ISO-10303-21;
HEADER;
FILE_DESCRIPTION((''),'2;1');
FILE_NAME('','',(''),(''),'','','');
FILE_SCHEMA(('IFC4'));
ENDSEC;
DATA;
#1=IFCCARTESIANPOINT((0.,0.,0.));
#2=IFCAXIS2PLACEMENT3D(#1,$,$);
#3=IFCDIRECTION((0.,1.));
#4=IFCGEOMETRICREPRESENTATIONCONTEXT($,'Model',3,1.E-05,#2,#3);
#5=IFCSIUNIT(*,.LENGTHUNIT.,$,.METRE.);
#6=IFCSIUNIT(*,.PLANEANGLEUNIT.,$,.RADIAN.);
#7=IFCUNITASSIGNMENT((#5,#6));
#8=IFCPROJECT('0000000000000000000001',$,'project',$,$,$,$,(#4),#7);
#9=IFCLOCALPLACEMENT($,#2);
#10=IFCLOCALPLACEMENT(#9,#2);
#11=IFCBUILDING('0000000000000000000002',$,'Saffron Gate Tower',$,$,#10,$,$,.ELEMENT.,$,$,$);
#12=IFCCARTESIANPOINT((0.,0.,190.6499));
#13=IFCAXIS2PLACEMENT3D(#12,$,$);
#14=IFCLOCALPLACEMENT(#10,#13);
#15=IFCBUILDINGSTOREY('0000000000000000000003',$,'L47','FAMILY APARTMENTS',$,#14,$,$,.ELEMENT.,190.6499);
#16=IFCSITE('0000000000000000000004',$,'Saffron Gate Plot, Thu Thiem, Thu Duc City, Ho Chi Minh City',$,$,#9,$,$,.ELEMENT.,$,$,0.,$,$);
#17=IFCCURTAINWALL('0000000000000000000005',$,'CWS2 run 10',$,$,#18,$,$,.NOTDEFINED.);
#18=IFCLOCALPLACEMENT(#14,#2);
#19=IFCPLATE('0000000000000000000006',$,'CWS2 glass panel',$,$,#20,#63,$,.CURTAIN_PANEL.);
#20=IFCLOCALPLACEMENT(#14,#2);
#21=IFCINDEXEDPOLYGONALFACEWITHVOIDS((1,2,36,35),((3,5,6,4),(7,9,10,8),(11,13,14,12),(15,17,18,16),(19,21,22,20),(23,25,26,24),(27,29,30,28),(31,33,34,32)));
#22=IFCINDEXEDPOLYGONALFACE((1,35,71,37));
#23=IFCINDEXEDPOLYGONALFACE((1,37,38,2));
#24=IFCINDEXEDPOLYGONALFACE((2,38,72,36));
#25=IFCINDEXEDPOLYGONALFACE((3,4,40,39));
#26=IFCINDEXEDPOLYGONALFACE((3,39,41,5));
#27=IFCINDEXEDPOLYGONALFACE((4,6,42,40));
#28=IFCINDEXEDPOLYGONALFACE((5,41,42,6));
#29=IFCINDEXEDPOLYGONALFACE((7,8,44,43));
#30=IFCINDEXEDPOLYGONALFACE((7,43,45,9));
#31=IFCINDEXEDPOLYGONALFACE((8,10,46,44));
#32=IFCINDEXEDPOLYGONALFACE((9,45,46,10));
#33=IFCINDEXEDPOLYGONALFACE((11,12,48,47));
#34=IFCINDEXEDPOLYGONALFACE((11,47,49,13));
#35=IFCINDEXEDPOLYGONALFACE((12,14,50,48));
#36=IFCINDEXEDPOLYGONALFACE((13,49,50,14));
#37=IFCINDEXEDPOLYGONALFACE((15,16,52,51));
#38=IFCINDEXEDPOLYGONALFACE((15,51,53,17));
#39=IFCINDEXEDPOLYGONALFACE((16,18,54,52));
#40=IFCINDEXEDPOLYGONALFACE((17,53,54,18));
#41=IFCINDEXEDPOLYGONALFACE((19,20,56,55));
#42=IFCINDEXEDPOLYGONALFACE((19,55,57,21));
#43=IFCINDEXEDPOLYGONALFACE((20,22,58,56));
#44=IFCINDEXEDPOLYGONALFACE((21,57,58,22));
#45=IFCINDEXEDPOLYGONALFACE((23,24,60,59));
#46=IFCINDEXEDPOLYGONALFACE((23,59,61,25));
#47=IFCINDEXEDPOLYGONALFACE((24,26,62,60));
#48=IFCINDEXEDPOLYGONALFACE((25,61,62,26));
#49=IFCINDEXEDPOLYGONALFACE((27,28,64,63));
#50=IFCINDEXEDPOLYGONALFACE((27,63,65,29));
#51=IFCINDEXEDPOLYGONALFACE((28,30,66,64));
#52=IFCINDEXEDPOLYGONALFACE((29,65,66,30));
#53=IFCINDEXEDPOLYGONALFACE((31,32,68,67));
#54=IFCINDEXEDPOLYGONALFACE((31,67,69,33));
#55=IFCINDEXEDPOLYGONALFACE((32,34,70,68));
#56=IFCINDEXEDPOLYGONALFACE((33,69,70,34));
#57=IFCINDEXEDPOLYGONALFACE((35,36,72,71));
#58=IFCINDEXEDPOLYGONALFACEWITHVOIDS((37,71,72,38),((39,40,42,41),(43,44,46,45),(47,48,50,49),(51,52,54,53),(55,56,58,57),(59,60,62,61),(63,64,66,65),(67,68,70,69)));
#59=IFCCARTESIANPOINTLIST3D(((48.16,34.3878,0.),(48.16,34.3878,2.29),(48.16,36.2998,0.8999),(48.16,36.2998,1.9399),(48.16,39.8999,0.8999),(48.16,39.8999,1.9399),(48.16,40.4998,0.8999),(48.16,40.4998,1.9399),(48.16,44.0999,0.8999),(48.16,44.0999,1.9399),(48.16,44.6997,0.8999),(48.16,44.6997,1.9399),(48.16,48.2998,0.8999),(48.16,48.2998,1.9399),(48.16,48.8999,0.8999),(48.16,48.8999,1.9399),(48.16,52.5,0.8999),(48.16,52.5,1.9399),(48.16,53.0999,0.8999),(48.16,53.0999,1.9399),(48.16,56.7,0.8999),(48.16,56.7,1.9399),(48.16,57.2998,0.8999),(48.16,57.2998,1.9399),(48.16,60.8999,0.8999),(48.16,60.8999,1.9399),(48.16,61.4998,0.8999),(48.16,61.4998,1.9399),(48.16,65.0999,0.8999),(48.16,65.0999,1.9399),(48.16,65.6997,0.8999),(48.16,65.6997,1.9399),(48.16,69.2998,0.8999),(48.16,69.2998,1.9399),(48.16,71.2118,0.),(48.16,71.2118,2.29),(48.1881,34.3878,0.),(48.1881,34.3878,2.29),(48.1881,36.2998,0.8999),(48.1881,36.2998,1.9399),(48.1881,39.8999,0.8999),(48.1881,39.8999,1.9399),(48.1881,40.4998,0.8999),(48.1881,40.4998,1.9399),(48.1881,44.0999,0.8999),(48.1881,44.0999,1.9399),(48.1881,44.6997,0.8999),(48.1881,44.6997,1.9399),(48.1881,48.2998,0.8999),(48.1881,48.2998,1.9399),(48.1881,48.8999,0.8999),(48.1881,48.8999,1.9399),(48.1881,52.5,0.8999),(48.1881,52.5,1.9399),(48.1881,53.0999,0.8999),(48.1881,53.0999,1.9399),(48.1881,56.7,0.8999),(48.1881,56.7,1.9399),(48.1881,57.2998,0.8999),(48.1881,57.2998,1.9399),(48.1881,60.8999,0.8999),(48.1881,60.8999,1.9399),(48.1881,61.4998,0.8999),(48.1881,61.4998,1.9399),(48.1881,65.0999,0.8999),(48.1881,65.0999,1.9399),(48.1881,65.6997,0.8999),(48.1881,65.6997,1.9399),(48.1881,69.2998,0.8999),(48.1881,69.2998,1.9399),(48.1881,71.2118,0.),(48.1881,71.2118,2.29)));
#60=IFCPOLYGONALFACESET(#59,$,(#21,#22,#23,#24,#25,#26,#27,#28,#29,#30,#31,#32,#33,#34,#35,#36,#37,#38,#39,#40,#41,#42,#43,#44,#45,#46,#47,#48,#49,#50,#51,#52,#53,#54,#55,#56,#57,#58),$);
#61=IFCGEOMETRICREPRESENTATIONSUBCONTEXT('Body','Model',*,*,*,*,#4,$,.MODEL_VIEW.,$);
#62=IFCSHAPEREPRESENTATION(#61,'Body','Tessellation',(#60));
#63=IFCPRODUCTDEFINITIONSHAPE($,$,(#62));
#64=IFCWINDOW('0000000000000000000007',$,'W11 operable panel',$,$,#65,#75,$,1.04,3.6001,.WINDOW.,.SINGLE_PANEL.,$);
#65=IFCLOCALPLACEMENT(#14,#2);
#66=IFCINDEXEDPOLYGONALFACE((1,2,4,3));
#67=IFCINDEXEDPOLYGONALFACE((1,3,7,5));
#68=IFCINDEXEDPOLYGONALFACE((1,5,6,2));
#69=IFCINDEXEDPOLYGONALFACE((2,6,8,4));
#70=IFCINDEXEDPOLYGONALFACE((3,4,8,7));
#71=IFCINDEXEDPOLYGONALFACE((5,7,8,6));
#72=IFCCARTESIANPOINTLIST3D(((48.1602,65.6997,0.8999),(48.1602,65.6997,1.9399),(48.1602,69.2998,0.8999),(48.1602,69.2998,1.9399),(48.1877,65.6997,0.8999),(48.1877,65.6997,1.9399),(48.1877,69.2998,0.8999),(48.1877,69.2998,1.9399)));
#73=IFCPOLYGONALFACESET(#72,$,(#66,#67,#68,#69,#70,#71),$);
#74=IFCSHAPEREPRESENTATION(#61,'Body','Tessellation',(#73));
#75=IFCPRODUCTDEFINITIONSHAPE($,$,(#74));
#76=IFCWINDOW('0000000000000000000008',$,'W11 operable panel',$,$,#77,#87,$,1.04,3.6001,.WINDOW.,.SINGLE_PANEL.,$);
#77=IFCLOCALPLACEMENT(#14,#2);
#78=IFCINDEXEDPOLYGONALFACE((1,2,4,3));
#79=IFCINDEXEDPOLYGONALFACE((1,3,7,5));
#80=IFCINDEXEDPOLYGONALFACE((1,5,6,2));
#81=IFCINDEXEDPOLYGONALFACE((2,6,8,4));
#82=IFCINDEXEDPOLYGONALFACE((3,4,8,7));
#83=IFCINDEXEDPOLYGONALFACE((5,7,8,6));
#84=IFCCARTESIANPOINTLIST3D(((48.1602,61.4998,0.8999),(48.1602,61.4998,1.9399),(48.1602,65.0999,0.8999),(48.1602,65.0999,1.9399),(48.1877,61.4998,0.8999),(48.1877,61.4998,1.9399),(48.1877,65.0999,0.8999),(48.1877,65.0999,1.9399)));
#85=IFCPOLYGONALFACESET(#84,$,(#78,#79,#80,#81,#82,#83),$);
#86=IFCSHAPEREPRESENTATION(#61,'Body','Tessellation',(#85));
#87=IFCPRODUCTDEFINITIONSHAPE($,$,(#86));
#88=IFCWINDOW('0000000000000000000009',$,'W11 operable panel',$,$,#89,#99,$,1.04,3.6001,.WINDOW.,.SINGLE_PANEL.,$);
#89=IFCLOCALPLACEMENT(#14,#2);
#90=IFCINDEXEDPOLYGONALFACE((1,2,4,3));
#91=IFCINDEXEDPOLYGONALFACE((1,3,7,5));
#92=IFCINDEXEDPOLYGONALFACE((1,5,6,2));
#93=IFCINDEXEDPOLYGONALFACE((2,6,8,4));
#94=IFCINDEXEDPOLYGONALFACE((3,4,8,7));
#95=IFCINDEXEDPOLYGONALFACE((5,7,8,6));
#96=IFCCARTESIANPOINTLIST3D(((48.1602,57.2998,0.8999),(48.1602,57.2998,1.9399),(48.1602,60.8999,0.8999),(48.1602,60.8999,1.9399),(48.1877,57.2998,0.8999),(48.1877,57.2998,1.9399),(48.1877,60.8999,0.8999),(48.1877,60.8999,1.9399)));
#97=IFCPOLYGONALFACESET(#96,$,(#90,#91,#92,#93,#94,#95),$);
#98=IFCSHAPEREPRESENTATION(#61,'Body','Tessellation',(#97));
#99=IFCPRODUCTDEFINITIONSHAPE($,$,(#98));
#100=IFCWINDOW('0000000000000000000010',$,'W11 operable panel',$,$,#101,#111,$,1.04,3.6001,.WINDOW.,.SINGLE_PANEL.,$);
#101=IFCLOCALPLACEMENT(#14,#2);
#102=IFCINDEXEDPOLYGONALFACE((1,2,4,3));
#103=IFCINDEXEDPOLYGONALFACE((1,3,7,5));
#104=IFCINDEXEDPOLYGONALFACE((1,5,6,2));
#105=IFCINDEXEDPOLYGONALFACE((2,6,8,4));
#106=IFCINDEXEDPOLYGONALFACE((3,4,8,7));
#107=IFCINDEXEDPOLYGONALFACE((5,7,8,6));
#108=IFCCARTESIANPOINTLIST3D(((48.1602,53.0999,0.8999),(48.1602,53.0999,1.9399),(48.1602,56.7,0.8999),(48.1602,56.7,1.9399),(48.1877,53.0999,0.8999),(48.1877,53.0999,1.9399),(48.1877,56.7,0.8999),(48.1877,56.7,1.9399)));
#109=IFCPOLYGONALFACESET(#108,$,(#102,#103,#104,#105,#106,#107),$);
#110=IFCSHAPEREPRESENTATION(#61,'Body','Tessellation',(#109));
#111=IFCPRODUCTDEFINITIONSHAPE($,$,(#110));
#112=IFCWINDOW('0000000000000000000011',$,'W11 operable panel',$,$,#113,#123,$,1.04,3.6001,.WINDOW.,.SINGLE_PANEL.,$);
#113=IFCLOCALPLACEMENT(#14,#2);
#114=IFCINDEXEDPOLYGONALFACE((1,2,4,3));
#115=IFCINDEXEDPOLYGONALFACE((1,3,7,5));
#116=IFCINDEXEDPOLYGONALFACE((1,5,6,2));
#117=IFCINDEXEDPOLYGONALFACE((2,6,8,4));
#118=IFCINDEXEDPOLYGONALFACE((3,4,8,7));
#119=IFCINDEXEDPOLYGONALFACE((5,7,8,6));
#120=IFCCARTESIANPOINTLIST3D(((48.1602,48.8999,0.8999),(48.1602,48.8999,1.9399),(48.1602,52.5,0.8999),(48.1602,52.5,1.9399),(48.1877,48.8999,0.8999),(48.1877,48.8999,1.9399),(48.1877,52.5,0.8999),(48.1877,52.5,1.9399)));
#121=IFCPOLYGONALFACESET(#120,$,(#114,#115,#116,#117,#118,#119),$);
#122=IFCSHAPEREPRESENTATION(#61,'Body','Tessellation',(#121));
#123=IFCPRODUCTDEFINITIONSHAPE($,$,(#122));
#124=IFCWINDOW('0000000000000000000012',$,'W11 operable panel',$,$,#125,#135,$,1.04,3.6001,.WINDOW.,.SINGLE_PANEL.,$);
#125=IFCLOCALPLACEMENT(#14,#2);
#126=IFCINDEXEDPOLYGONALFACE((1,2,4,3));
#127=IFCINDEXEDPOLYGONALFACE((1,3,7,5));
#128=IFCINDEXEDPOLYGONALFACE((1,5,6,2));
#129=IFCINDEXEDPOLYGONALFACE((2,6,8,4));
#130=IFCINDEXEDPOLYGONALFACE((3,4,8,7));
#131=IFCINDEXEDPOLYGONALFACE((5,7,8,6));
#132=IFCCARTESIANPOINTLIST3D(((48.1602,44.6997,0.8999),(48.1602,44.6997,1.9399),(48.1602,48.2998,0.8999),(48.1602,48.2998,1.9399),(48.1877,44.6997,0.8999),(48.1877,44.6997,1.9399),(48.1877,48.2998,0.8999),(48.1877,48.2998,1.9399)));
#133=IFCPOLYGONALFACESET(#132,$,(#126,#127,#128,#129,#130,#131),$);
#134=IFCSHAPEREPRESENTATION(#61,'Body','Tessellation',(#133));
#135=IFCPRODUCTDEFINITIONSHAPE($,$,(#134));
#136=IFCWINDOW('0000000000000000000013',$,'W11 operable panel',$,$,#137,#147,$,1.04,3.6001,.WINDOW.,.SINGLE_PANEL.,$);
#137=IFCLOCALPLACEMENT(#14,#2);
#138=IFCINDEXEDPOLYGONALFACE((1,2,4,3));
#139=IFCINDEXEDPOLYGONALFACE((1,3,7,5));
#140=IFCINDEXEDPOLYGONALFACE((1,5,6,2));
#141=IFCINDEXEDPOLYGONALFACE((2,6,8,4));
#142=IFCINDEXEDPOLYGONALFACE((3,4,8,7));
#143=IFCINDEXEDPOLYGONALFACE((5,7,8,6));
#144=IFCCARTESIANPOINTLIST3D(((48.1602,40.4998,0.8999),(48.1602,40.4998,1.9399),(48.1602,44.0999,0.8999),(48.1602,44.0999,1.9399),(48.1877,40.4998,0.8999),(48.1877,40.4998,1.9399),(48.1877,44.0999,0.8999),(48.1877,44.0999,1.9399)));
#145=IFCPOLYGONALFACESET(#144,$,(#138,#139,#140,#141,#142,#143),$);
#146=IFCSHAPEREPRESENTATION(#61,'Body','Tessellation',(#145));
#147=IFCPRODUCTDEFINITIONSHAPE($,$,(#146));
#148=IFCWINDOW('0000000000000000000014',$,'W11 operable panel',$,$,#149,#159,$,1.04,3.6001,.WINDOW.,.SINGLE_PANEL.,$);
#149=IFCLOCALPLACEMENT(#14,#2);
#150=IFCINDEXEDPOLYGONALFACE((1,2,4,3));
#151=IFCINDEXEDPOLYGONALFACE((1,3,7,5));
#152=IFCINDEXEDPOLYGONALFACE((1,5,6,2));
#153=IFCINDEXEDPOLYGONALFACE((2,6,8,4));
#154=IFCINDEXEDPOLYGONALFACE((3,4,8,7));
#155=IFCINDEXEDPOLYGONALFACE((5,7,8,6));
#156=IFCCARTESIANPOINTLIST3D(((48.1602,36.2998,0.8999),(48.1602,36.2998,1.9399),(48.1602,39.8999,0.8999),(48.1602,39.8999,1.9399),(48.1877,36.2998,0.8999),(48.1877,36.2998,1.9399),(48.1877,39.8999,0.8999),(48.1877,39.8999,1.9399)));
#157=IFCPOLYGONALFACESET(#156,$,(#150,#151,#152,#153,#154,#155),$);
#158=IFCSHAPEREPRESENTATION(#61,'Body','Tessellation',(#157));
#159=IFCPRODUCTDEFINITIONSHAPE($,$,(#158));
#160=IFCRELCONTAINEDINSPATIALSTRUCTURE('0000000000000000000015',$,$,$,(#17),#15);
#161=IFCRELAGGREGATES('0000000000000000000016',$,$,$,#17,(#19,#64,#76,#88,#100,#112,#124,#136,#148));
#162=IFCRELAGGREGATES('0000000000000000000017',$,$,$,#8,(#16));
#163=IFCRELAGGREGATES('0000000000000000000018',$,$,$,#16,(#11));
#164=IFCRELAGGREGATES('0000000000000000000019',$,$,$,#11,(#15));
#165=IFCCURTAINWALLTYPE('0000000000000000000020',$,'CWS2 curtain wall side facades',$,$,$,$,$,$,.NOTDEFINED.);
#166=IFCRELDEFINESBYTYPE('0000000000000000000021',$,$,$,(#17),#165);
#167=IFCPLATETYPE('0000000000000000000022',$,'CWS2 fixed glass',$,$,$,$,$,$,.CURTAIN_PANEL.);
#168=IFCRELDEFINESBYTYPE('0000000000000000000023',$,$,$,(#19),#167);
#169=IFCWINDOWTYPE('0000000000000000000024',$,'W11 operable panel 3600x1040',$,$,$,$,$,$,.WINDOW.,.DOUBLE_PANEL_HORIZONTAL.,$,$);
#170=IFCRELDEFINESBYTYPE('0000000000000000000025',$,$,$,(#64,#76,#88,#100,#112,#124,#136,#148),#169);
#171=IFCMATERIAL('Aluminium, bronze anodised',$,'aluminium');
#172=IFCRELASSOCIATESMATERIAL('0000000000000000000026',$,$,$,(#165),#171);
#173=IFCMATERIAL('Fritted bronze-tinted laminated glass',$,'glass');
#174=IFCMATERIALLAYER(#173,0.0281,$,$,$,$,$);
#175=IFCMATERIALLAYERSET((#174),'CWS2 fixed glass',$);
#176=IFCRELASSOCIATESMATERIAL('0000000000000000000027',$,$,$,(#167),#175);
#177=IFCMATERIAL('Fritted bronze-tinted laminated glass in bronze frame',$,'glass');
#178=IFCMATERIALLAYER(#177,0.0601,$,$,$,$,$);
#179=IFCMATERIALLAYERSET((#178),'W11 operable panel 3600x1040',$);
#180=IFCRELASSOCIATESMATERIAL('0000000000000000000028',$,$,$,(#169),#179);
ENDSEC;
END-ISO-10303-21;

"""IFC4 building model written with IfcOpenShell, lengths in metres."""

from ifc_helpers import new_model, si_unit, direction, frame, frame_2d, origin, place, context, subcontext, project, spatial, rectangle, extrude, material, layer, layer_set, type_object, element, fill, aggregate, save


model = new_model("IFC4")

# Units and contexts
model_context = context("Model", 3, precision=1e-05, world=origin(), true_north=direction((0.0, 1.0)))
body_context = subcontext(model_context, "Body", "Model", "MODEL_VIEW")
ifc_project = project(units=[si_unit("LENGTHUNIT", "METRE"), si_unit("PLANEANGLEUNIT", "RADIAN")], contexts=[model_context])

# Site, building, storey
site_placement = place(None, origin())
site = spatial("IfcSite", under=ifc_project, at=site_placement, Name="Saffron Gate Plot, Thu Thiem, Thu Duc City, Ho Chi Minh City", CompositionType="ELEMENT", RefElevation=0.0)
building_placement = place(site_placement, origin())
building = spatial("IfcBuilding", under=site, at=building_placement, Name="Saffron Gate Tower", CompositionType="ELEMENT")
storey_placement = place(building_placement, frame((0.0, 0.0, 190.6499)))
storey = spatial("IfcBuildingStorey", under=building, at=storey_placement, Name="L47", Description="FAMILY APARTMENTS", CompositionType="ELEMENT", Elevation=190.6499)

# Curtain wall
ifc_material_1 = material(Name="Aluminium, bronze anodised", Category="aluminium")
curtain_wall_type_1 = type_object("IfcCurtainWallType", Name="CWS2 curtain wall side facades", PredefinedType="NOTDEFINED", material=ifc_material_1)
curtain_wall_1_placement = place(storey_placement, origin())
curtain_wall_1 = element("IfcCurtainWall", 1, at=curtain_wall_1_placement, inside=storey, type_object=curtain_wall_type_1, Name="CWS2 run 10", PredefinedType="NOTDEFINED")

# Plate, openings, windows
ifc_material_2 = material(Name="Fritted bronze-tinted laminated glass", Category="glass")
ifc_layer_1 = layer(ifc_material_2, 0.0281)
ifc_layer_set_1 = layer_set([ifc_layer_1], Name="CWS2 fixed glass")
plate_type_1 = type_object("IfcPlateType", Name="CWS2 fixed glass", PredefinedType="CURTAIN_PANEL", material=ifc_layer_set_1)
plate_1_placement = place(storey_placement, frame((48.1741, 71.2119, 0.0), z_axis=(0.0, 0.0, 1.0), x_axis=(0.0, -1.0, 0.0)))
plate_1 = element("IfcPlate", 2, at=plate_1_placement, type_object=plate_type_1, Name="CWS2 glass panel", PredefinedType="CURTAIN_PANEL", context=body_context, shape_type="SweptSolid", body=[
    extrude(rectangle(XDim=36.824, YDim=0.0281, at=frame_2d((18.4121, 0.0))), origin(), (0.0, 0.0, 1.0), 2.29),
])
opening_1_placement = place(plate_1_placement, frame((1.9121, 0.0, 0.8999)))
opening_1 = element("IfcOpeningElement", 3, at=opening_1_placement, cuts=plate_1, PredefinedType="OPENING", context=body_context, shape_type="SweptSolid", body=[
    extrude(rectangle(XDim=3.6001, YDim=1.04, at=frame_2d((1.8, 0.52))), frame((0.0, 0.0239, 0.0), z_axis=(0.0, -1.0, 0.0), x_axis=(1.0, 0.0, 0.0)), (0.0, 0.0, 1.0), 0.0481),
])
opening_2_placement = place(plate_1_placement, frame((6.1121, 0.0, 0.8999)))
opening_2 = element("IfcOpeningElement", 4, at=opening_2_placement, cuts=plate_1, PredefinedType="OPENING", context=body_context, shape_type="SweptSolid", body=[
    extrude(rectangle(XDim=3.6001, YDim=1.04, at=frame_2d((1.8, 0.52))), frame((0.0, 0.0239, 0.0), z_axis=(0.0, -1.0, 0.0), x_axis=(1.0, 0.0, 0.0)), (0.0, 0.0, 1.0), 0.0481),
])
opening_3_placement = place(plate_1_placement, frame((10.312, 0.0, 0.8999)))
opening_3 = element("IfcOpeningElement", 5, at=opening_3_placement, cuts=plate_1, PredefinedType="OPENING", context=body_context, shape_type="SweptSolid", body=[
    extrude(rectangle(XDim=3.6001, YDim=1.04, at=frame_2d((1.8, 0.52))), frame((0.0, 0.0239, 0.0), z_axis=(0.0, -1.0, 0.0), x_axis=(1.0, 0.0, 0.0)), (0.0, 0.0, 1.0), 0.0481),
])
opening_4_placement = place(plate_1_placement, frame((14.512, 0.0, 0.8999)))
opening_4 = element("IfcOpeningElement", 6, at=opening_4_placement, cuts=plate_1, PredefinedType="OPENING", context=body_context, shape_type="SweptSolid", body=[
    extrude(rectangle(XDim=3.6001, YDim=1.04, at=frame_2d((1.8, 0.52))), frame((0.0, 0.0239, 0.0), z_axis=(0.0, -1.0, 0.0), x_axis=(1.0, 0.0, 0.0)), (0.0, 0.0, 1.0), 0.0481),
])
opening_5_placement = place(plate_1_placement, frame((18.7119, 0.0, 0.8999)))
opening_5 = element("IfcOpeningElement", 7, at=opening_5_placement, cuts=plate_1, PredefinedType="OPENING", context=body_context, shape_type="SweptSolid", body=[
    extrude(rectangle(XDim=3.6001, YDim=1.04, at=frame_2d((1.8, 0.52))), frame((0.0, 0.0239, 0.0), z_axis=(0.0, -1.0, 0.0), x_axis=(1.0, 0.0, 0.0)), (0.0, 0.0, 1.0), 0.0481),
])
opening_6_placement = place(plate_1_placement, frame((22.9121, 0.0, 0.8999)))
opening_6 = element("IfcOpeningElement", 8, at=opening_6_placement, cuts=plate_1, PredefinedType="OPENING", context=body_context, shape_type="SweptSolid", body=[
    extrude(rectangle(XDim=3.6001, YDim=1.04, at=frame_2d((1.8, 0.52))), frame((0.0, 0.0239, 0.0), z_axis=(0.0, -1.0, 0.0), x_axis=(1.0, 0.0, 0.0)), (0.0, 0.0, 1.0), 0.0481),
])
opening_7_placement = place(plate_1_placement, frame((27.1121, 0.0, 0.8999)))
opening_7 = element("IfcOpeningElement", 9, at=opening_7_placement, cuts=plate_1, PredefinedType="OPENING", context=body_context, shape_type="SweptSolid", body=[
    extrude(rectangle(XDim=3.6001, YDim=1.04, at=frame_2d((1.8, 0.52))), frame((0.0, 0.0239, 0.0), z_axis=(0.0, -1.0, 0.0), x_axis=(1.0, 0.0, 0.0)), (0.0, 0.0, 1.0), 0.0481),
])
opening_8_placement = place(plate_1_placement, frame((31.312, 0.0, 0.8999)))
opening_8 = element("IfcOpeningElement", 10, at=opening_8_placement, cuts=plate_1, PredefinedType="OPENING", context=body_context, shape_type="SweptSolid", body=[
    extrude(rectangle(XDim=3.6001, YDim=1.04, at=frame_2d((1.8, 0.52))), frame((0.0, 0.0239, 0.0), z_axis=(0.0, -1.0, 0.0), x_axis=(1.0, 0.0, 0.0)), (0.0, 0.0, 1.0), 0.0481),
])
ifc_material_3 = material(Name="Fritted bronze-tinted laminated glass in bronze frame", Category="glass")
ifc_layer_2 = layer(ifc_material_3, 0.0601)
ifc_layer_set_2 = layer_set([ifc_layer_2], Name="W11 operable panel 3600x1040")
window_type = type_object("IfcWindowType", Name="W11 operable panel 3600x1040", PartitioningType="DOUBLE_PANEL_HORIZONTAL", PredefinedType="WINDOW", material=ifc_layer_set_2)
window_1_placement = place(opening_1_placement, origin())
window_1 = element("IfcWindow", 11, at=window_1_placement, type_object=window_type, Name="W11 operable panel", OverallHeight=1.04, OverallWidth=3.6001, PartitioningType="SINGLE_PANEL", PredefinedType="WINDOW", context=body_context, shape_type="SweptSolid", body=[
    extrude(rectangle(XDim=3.6001, YDim=1.04, at=frame_2d((1.8, 0.52))), frame((0.0, 0.0137, 0.0), z_axis=(0.0, -1.0, 0.0), x_axis=(1.0, 0.0, 0.0)), (0.0, 0.0, 1.0), 0.0276),
])
fill(opening_1, window_1)
window_2_placement = place(opening_2_placement, origin())
window_2 = element("IfcWindow", 12, at=window_2_placement, type_object=window_type, Name="W11 operable panel", OverallHeight=1.04, OverallWidth=3.6001, PartitioningType="SINGLE_PANEL", PredefinedType="WINDOW", context=body_context, shape_type="SweptSolid", body=[
    extrude(rectangle(XDim=3.6001, YDim=1.04, at=frame_2d((1.8, 0.52))), frame((0.0, 0.0137, 0.0), z_axis=(0.0, -1.0, 0.0), x_axis=(1.0, 0.0, 0.0)), (0.0, 0.0, 1.0), 0.0276),
])
fill(opening_2, window_2)
window_3_placement = place(opening_3_placement, origin())
window_3 = element("IfcWindow", 13, at=window_3_placement, type_object=window_type, Name="W11 operable panel", OverallHeight=1.04, OverallWidth=3.6001, PartitioningType="SINGLE_PANEL", PredefinedType="WINDOW", context=body_context, shape_type="SweptSolid", body=[
    extrude(rectangle(XDim=3.6001, YDim=1.04, at=frame_2d((1.8, 0.52))), frame((0.0, 0.0137, 0.0), z_axis=(0.0, -1.0, 0.0), x_axis=(1.0, 0.0, 0.0)), (0.0, 0.0, 1.0), 0.0276),
])
fill(opening_3, window_3)
window_4_placement = place(opening_4_placement, origin())
window_4 = element("IfcWindow", 14, at=window_4_placement, type_object=window_type, Name="W11 operable panel", OverallHeight=1.04, OverallWidth=3.6001, PartitioningType="SINGLE_PANEL", PredefinedType="WINDOW", context=body_context, shape_type="SweptSolid", body=[
    extrude(rectangle(XDim=3.6001, YDim=1.04, at=frame_2d((1.8, 0.52))), frame((0.0, 0.0137, 0.0), z_axis=(0.0, -1.0, 0.0), x_axis=(1.0, 0.0, 0.0)), (0.0, 0.0, 1.0), 0.0276),
])
fill(opening_4, window_4)
window_5_placement = place(opening_5_placement, origin())
window_5 = element("IfcWindow", 15, at=window_5_placement, type_object=window_type, Name="W11 operable panel", OverallHeight=1.04, OverallWidth=3.6001, PartitioningType="SINGLE_PANEL", PredefinedType="WINDOW", context=body_context, shape_type="SweptSolid", body=[
    extrude(rectangle(XDim=3.6001, YDim=1.04, at=frame_2d((1.8, 0.52))), frame((0.0, 0.0137, 0.0), z_axis=(0.0, -1.0, 0.0), x_axis=(1.0, 0.0, 0.0)), (0.0, 0.0, 1.0), 0.0276),
])
fill(opening_5, window_5)
window_6_placement = place(opening_6_placement, origin())
window_6 = element("IfcWindow", 16, at=window_6_placement, type_object=window_type, Name="W11 operable panel", OverallHeight=1.04, OverallWidth=3.6001, PartitioningType="SINGLE_PANEL", PredefinedType="WINDOW", context=body_context, shape_type="SweptSolid", body=[
    extrude(rectangle(XDim=3.6001, YDim=1.04, at=frame_2d((1.8, 0.52))), frame((0.0, 0.0137, 0.0), z_axis=(0.0, -1.0, 0.0), x_axis=(1.0, 0.0, 0.0)), (0.0, 0.0, 1.0), 0.0276),
])
fill(opening_6, window_6)
window_7_placement = place(opening_7_placement, origin())
window_7 = element("IfcWindow", 17, at=window_7_placement, type_object=window_type, Name="W11 operable panel", OverallHeight=1.04, OverallWidth=3.6001, PartitioningType="SINGLE_PANEL", PredefinedType="WINDOW", context=body_context, shape_type="SweptSolid", body=[
    extrude(rectangle(XDim=3.6001, YDim=1.04, at=frame_2d((1.8, 0.52))), frame((0.0, 0.0137, 0.0), z_axis=(0.0, -1.0, 0.0), x_axis=(1.0, 0.0, 0.0)), (0.0, 0.0, 1.0), 0.0276),
])
fill(opening_7, window_7)
window_8_placement = place(opening_8_placement, origin())
window_8 = element("IfcWindow", 18, at=window_8_placement, type_object=window_type, Name="W11 operable panel", OverallHeight=1.04, OverallWidth=3.6001, PartitioningType="SINGLE_PANEL", PredefinedType="WINDOW", context=body_context, shape_type="SweptSolid", body=[
    extrude(rectangle(XDim=3.6001, YDim=1.04, at=frame_2d((1.8, 0.52))), frame((0.0, 0.0137, 0.0), z_axis=(0.0, -1.0, 0.0), x_axis=(1.0, 0.0, 0.0)), (0.0, 0.0, 1.0), 0.0276),
])
fill(opening_8, window_8)
aggregate(curtain_wall_1, [plate_1, window_1, window_2, window_3, window_4, window_5, window_6, window_7, window_8])

save(model, "model.ifc")
